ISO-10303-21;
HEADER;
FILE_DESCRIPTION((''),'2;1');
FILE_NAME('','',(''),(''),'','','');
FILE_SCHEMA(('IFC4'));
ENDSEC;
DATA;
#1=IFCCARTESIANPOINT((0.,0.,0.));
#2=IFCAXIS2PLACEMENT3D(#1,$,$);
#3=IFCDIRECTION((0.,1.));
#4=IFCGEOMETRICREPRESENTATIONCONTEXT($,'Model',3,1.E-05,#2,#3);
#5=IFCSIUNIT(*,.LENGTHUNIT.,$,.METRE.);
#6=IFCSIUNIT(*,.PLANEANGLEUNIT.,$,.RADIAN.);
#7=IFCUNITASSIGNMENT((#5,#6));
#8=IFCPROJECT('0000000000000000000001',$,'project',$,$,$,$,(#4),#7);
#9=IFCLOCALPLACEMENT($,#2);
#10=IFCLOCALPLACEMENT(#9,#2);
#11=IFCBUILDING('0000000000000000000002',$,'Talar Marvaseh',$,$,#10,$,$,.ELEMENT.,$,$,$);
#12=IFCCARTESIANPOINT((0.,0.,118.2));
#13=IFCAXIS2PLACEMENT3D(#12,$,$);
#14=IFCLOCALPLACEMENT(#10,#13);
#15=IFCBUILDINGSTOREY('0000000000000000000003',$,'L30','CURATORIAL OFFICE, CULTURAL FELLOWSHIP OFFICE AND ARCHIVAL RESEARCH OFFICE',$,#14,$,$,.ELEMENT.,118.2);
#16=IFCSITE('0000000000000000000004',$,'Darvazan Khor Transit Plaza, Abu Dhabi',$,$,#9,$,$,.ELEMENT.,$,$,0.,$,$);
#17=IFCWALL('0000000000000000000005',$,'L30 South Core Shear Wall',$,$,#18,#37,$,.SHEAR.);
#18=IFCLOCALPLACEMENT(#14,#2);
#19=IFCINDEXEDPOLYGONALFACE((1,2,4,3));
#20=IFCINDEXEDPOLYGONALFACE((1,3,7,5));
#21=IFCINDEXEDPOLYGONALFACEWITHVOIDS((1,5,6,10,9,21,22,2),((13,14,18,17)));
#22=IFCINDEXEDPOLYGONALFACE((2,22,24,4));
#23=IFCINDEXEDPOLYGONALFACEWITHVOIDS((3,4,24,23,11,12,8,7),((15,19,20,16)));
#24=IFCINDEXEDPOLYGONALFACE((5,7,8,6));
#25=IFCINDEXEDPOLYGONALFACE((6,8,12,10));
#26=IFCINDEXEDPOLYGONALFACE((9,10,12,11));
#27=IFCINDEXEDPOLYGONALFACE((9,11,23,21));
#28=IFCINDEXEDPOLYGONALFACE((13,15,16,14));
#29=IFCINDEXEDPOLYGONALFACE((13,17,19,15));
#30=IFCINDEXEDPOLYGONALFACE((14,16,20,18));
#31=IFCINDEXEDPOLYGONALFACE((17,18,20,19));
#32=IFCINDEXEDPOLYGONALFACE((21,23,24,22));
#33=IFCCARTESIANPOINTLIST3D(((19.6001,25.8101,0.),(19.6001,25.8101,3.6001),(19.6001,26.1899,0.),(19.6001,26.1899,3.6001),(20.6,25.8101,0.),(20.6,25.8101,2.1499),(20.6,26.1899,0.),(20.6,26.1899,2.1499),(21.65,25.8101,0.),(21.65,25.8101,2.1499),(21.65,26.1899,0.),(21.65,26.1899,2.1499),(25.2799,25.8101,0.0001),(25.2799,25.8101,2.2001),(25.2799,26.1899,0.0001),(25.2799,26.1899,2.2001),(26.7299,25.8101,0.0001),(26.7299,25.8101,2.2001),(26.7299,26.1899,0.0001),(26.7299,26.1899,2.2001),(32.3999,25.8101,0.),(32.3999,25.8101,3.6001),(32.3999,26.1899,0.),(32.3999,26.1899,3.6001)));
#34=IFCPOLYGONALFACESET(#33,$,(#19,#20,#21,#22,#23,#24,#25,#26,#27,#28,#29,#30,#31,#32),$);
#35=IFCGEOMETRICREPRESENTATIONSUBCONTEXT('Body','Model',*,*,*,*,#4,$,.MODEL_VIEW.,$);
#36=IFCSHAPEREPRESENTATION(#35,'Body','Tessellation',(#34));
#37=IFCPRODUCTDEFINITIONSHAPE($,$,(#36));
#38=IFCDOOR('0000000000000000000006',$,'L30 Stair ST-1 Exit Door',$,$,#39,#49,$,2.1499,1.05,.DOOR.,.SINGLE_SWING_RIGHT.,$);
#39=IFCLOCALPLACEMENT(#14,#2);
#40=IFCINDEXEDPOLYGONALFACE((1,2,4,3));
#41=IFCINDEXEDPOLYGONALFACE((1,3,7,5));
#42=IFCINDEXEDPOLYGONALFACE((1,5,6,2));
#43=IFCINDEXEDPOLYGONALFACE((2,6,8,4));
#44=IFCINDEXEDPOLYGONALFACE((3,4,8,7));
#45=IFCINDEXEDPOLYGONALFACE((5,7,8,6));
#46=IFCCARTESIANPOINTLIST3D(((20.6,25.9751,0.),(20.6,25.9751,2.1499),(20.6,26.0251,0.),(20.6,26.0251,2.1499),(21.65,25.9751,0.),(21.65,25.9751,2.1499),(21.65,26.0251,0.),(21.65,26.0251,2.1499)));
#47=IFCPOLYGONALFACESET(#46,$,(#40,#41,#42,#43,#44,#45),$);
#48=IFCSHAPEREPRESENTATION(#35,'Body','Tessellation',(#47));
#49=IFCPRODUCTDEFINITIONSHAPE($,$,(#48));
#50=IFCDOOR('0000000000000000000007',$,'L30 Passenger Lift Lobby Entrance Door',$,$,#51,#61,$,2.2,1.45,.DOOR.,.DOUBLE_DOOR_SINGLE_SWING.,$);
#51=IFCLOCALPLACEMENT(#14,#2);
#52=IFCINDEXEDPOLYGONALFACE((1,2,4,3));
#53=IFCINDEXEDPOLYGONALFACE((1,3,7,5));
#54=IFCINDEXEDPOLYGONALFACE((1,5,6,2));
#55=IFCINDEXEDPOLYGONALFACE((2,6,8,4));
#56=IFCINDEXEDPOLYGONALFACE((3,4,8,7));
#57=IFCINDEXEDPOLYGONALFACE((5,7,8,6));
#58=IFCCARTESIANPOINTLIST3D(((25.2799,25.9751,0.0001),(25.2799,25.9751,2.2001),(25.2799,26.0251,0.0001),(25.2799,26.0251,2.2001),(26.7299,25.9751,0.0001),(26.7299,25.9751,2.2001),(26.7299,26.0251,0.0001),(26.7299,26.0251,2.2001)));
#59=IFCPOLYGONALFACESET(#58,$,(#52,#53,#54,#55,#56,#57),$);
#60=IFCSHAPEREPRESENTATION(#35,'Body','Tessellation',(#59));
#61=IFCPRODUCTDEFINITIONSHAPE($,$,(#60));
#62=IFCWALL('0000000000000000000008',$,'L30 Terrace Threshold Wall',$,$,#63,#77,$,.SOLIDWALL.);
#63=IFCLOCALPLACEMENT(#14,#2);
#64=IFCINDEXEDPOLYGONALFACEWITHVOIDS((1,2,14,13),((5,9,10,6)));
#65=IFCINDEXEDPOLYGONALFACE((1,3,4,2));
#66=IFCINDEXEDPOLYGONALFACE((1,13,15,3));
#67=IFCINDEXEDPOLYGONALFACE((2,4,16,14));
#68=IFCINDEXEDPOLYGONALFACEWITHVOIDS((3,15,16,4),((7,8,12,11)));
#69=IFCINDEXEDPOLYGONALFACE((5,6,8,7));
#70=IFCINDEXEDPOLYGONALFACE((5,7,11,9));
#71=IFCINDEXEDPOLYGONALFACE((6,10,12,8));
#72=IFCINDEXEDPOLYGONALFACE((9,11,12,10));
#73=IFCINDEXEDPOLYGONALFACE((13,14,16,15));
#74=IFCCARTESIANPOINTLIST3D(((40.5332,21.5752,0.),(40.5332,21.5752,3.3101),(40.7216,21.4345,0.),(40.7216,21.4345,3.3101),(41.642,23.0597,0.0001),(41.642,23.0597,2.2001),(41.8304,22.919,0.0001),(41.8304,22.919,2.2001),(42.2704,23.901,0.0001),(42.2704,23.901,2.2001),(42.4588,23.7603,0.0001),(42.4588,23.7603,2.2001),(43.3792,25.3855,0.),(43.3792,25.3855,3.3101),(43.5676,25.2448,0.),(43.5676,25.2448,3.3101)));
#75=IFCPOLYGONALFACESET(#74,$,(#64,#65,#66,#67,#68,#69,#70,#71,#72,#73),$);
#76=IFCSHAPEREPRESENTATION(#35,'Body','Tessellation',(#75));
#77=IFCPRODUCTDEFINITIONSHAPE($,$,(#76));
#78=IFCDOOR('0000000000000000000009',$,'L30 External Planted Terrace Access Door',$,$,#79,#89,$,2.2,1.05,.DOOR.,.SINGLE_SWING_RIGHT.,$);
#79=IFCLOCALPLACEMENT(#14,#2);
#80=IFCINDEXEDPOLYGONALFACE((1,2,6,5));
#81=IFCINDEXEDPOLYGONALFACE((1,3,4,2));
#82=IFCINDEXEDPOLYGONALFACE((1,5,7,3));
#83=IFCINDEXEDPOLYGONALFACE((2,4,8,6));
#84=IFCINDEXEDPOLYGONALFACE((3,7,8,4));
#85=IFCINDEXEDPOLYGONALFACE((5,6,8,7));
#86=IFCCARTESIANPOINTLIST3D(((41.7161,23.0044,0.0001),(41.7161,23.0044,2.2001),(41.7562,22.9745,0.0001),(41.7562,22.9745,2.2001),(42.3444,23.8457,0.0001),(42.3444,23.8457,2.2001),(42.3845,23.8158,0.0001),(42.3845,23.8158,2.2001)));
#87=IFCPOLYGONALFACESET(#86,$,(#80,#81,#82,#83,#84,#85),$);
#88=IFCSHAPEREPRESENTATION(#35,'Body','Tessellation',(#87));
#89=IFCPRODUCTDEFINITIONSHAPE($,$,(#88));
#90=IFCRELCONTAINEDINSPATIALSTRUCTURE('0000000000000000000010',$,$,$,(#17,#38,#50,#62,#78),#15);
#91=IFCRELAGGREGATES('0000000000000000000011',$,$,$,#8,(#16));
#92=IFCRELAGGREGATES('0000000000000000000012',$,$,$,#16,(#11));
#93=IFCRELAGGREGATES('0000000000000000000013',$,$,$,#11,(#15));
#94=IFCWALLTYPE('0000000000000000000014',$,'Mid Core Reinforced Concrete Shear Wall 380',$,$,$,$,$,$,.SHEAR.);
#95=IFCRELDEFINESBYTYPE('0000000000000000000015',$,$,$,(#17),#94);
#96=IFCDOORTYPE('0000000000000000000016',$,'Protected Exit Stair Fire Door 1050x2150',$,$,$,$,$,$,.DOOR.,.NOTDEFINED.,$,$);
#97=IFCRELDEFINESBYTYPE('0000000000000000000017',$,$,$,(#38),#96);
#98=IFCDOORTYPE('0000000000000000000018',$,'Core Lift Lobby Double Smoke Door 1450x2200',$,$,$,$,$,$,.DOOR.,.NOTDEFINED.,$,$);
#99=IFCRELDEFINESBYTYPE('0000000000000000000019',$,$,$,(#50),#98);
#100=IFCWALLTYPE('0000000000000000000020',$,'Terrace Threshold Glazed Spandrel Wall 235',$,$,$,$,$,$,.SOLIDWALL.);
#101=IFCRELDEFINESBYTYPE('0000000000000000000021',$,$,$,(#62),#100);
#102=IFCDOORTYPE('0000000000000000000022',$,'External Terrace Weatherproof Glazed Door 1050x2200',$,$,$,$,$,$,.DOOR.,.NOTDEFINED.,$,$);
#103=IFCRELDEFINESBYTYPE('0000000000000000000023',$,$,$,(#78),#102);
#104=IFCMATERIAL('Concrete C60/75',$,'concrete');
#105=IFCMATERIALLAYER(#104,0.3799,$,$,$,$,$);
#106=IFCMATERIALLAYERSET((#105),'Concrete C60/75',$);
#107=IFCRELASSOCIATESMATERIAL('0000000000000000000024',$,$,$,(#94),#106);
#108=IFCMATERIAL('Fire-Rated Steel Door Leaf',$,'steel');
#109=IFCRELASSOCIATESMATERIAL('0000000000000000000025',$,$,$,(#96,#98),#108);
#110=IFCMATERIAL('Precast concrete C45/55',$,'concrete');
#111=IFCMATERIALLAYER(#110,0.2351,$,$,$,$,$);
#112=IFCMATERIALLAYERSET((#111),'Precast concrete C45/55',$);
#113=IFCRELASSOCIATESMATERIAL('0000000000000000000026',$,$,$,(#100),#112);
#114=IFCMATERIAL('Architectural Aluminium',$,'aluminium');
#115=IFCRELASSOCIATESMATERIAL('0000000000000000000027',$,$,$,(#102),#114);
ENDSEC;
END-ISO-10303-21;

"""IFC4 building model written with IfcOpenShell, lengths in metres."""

from ifc_helpers import new_model, si_unit, direction, frame, frame_2d, origin, place, context, subcontext, project, spatial, rectangle, extrude, source, transform, mapped, material, layer, layer_set, type_object, type_shapes, element, fill, save


model = new_model("IFC4")

# Units and contexts
model_context = context("Model", 3, precision=1e-05, world=origin(), true_north=direction((0.0, 1.0)))
body_context = subcontext(model_context, "Body", "Model", "MODEL_VIEW")
ifc_project = project(units=[si_unit("LENGTHUNIT", "METRE"), si_unit("PLANEANGLEUNIT", "RADIAN")], contexts=[model_context])

# Site, building, storey
site_placement = place(None, origin())
site = spatial("IfcSite", under=ifc_project, at=site_placement, Name="Darvazan Khor Transit Plaza, Abu Dhabi", CompositionType="ELEMENT", RefElevation=0.0)
building_placement = place(site_placement, origin())
building = spatial("IfcBuilding", under=site, at=building_placement, Name="Talar Marvaseh", CompositionType="ELEMENT")
storey_placement = place(building_placement, frame((0.0, 0.0, 118.2)))
storey = spatial("IfcBuildingStorey", under=building, at=storey_placement, Name="L30", Description="CURATORIAL OFFICE, CULTURAL FELLOWSHIP OFFICE AND ARCHIVAL RESEARCH OFFICE", CompositionType="ELEMENT", Elevation=118.2)

# Shared definitions
ifc_material_1 = material(Name="Concrete C60/75", Category="concrete")

# Shared definitions
ifc_material_2 = material(Name="Architectural Aluminium", Category="aluminium")

# Wall, openings, doors
ifc_layer_1 = layer(ifc_material_1, 0.3799)
ifc_layer_set_1 = layer_set([ifc_layer_1], Name="Concrete C60/75")
wall_type_1 = type_object("IfcWallType", Name="Mid Core Reinforced Concrete Shear Wall 380", PredefinedType="SHEAR", material=ifc_layer_set_1)
wall_1_placement = place(storey_placement, frame((32.3999, 26.0, 0.0), z_axis=(0.0, 0.0, 1.0), x_axis=(-1.0, 0.0, 0.0)))
wall_1 = element("IfcWall", 1, at=wall_1_placement, inside=storey, type_object=wall_type_1, Name="L30 South Core Shear Wall", PredefinedType="SHEAR", context=body_context, shape_type="SweptSolid", body=[
    extrude(rectangle(XDim=12.7998, YDim=0.3799, at=frame_2d((6.3999, 0.0))), origin(), (0.0, 0.0, 1.0), 3.6001),
])
opening_1_placement = place(wall_1_placement, frame((10.75, 0.0, 0.0)))
opening_1 = element("IfcOpeningElement", 2, at=opening_1_placement, cuts=wall_1, PredefinedType="OPENING", context=body_context, shape_type="SweptSolid", body=[
    extrude(rectangle(XDim=1.05, YDim=2.1499, at=frame_2d((0.5249, 1.075))), frame((0.0, 0.2, 0.0), z_axis=(0.0, -1.0, 0.0), x_axis=(1.0, 0.0, 0.0)), (0.0, 0.0, 1.0), 0.3999),
])
opening_2_placement = place(wall_1_placement, frame((5.6699, 0.0, 0.0)))
opening_2 = element("IfcOpeningElement", 3, at=opening_2_placement, cuts=wall_1, PredefinedType="OPENING", context=body_context, shape_type="SweptSolid", body=[
    extrude(rectangle(XDim=1.45, YDim=2.2, at=frame_2d((0.7251, 1.1001))), frame((0.0, 0.2, 0.0), z_axis=(0.0, -1.0, 0.0), x_axis=(1.0, 0.0, 0.0)), (0.0, 0.0, 1.0), 0.3999),
])
ifc_material_3 = material(Name="Fire-Rated Steel Door Leaf", Category="steel")
door_type_1 = type_object("IfcDoorType", Name="Protected Exit Stair Fire Door 1050x2150", OperationType="NOTDEFINED", PredefinedType="DOOR", material=ifc_material_3)
shared_shape_1 = source(origin(), body_context, "Body", "SweptSolid", [
    extrude(rectangle(XDim=1.05, YDim=2.1499, at=frame_2d((0.5249, 1.075))), frame((0.0, 0.0249, 0.0), z_axis=(0.0, -1.0, 0.0), x_axis=(1.0, 0.0, 0.0)), (0.0, 0.0, 1.0), 0.05),
])
type_shapes(door_type_1, [shared_shape_1])
door_1_placement = place(opening_1_placement, origin())
door_1 = element("IfcDoor", 4, at=door_1_placement, inside=storey, type_object=door_type_1, Name="L30 Stair ST-1 Exit Door", OperationType="SINGLE_SWING_RIGHT", OverallHeight=2.1499, OverallWidth=1.05, PredefinedType="DOOR", context=body_context, shape_type="MappedRepresentation", body=[
    mapped(shared_shape_1, transform((0.0, 0.0, 0.0), x_axis=(1.0, 0.0, 0.0), y_axis=(0.0, 1.0, 0.0), z_axis=(0.0, 0.0, 1.0), scale=1.0)),
])
fill(opening_1, door_1)
door_type_2 = type_object("IfcDoorType", Name="Core Lift Lobby Double Smoke Door 1450x2200", OperationType="NOTDEFINED", PredefinedType="DOOR", material=ifc_material_3)
shared_shape_2 = source(origin(), body_context, "Body", "SweptSolid", [
    extrude(rectangle(XDim=1.45, YDim=2.2, at=frame_2d((0.7251, 1.1001))), frame((0.0, 0.0249, 0.0), z_axis=(0.0, -1.0, 0.0), x_axis=(1.0, 0.0, 0.0)), (0.0, 0.0, 1.0), 0.05),
])
type_shapes(door_type_2, [shared_shape_2])
door_2_placement = place(opening_2_placement, origin())
door_2 = element("IfcDoor", 5, at=door_2_placement, inside=storey, type_object=door_type_2, Name="L30 Passenger Lift Lobby Entrance Door", OperationType="DOUBLE_DOOR_SINGLE_SWING", OverallHeight=2.2, OverallWidth=1.45, PredefinedType="DOOR", context=body_context, shape_type="MappedRepresentation", body=[
    mapped(shared_shape_2, transform((0.0, 0.0, 0.0), x_axis=(1.0, 0.0, 0.0), y_axis=(0.0, 1.0, 0.0), z_axis=(0.0, 0.0, 1.0), scale=1.0)),
])
fill(opening_2, door_2)

# Wall, opening, door
ifc_material_4 = material(Name="Precast concrete C45/55", Category="concrete")
ifc_layer_2 = layer(ifc_material_4, 0.2351)
ifc_layer_set_2 = layer_set([ifc_layer_2], Name="Precast concrete C45/55")
wall_type_2 = type_object("IfcWallType", Name="Terrace Threshold Glazed Spandrel Wall 235", PredefinedType="SOLIDWALL", material=ifc_layer_set_2)
wall_2_placement = place(storey_placement, frame((43.4734, 25.3152, 0.0), z_axis=(0.0, 0.0, 1.0), x_axis=(-0.598414, -0.801187, 0.0)))
wall_2 = element("IfcWall", 6, at=wall_2_placement, inside=storey, type_object=wall_type_2, Name="L30 Terrace Threshold Wall", PredefinedType="SOLIDWALL", context=body_context, shape_type="SweptSolid", body=[
    extrude(rectangle(XDim=4.7559, YDim=0.2351, at=frame_2d((2.3779, 0.0))), origin(), (0.0, 0.0, 1.0), 3.3101),
])
opening_3_placement = place(wall_2_placement, frame((1.853, 0.0, 0.0)))
opening_3 = element("IfcOpeningElement", 7, at=opening_3_placement, cuts=wall_2, PredefinedType="OPENING", context=body_context, shape_type="SweptSolid", body=[
    extrude(rectangle(XDim=1.05, YDim=2.2, at=frame_2d((0.5249, 1.1001))), frame((0.0, 0.1274, 0.0), z_axis=(0.0, -1.0, 0.0), x_axis=(1.0, 0.0, 0.0)), (0.0, 0.0, 1.0), 0.2551),
])
door_type_3 = type_object("IfcDoorType", Name="External Terrace Weatherproof Glazed Door 1050x2200", OperationType="NOTDEFINED", PredefinedType="DOOR", material=ifc_material_2)
shared_shape_3 = source(origin(), body_context, "Body", "SweptSolid", [
    extrude(rectangle(XDim=1.05, YDim=2.2, at=frame_2d((0.5249, 1.1001))), frame((0.0, 0.0249, 0.0), z_axis=(0.0, -1.0, 0.0), x_axis=(1.0, 0.0, 0.0)), (0.0, 0.0, 1.0), 0.05),
])
type_shapes(door_type_3, [shared_shape_3])
door_3_placement = place(opening_3_placement, origin())
door_3 = element("IfcDoor", 8, at=door_3_placement, inside=storey, type_object=door_type_3, Name="L30 External Planted Terrace Access Door", OperationType="SINGLE_SWING_RIGHT", OverallHeight=2.2, OverallWidth=1.05, PredefinedType="DOOR", context=body_context, shape_type="MappedRepresentation", body=[
    mapped(shared_shape_3, transform((0.0, 0.0, 0.0), x_axis=(1.0, 0.0, 0.0), y_axis=(0.0, 1.0, 0.0), z_axis=(0.0, 0.0, 1.0), scale=1.0)),
])
fill(opening_3, door_3)

save(model, "model.ifc")
